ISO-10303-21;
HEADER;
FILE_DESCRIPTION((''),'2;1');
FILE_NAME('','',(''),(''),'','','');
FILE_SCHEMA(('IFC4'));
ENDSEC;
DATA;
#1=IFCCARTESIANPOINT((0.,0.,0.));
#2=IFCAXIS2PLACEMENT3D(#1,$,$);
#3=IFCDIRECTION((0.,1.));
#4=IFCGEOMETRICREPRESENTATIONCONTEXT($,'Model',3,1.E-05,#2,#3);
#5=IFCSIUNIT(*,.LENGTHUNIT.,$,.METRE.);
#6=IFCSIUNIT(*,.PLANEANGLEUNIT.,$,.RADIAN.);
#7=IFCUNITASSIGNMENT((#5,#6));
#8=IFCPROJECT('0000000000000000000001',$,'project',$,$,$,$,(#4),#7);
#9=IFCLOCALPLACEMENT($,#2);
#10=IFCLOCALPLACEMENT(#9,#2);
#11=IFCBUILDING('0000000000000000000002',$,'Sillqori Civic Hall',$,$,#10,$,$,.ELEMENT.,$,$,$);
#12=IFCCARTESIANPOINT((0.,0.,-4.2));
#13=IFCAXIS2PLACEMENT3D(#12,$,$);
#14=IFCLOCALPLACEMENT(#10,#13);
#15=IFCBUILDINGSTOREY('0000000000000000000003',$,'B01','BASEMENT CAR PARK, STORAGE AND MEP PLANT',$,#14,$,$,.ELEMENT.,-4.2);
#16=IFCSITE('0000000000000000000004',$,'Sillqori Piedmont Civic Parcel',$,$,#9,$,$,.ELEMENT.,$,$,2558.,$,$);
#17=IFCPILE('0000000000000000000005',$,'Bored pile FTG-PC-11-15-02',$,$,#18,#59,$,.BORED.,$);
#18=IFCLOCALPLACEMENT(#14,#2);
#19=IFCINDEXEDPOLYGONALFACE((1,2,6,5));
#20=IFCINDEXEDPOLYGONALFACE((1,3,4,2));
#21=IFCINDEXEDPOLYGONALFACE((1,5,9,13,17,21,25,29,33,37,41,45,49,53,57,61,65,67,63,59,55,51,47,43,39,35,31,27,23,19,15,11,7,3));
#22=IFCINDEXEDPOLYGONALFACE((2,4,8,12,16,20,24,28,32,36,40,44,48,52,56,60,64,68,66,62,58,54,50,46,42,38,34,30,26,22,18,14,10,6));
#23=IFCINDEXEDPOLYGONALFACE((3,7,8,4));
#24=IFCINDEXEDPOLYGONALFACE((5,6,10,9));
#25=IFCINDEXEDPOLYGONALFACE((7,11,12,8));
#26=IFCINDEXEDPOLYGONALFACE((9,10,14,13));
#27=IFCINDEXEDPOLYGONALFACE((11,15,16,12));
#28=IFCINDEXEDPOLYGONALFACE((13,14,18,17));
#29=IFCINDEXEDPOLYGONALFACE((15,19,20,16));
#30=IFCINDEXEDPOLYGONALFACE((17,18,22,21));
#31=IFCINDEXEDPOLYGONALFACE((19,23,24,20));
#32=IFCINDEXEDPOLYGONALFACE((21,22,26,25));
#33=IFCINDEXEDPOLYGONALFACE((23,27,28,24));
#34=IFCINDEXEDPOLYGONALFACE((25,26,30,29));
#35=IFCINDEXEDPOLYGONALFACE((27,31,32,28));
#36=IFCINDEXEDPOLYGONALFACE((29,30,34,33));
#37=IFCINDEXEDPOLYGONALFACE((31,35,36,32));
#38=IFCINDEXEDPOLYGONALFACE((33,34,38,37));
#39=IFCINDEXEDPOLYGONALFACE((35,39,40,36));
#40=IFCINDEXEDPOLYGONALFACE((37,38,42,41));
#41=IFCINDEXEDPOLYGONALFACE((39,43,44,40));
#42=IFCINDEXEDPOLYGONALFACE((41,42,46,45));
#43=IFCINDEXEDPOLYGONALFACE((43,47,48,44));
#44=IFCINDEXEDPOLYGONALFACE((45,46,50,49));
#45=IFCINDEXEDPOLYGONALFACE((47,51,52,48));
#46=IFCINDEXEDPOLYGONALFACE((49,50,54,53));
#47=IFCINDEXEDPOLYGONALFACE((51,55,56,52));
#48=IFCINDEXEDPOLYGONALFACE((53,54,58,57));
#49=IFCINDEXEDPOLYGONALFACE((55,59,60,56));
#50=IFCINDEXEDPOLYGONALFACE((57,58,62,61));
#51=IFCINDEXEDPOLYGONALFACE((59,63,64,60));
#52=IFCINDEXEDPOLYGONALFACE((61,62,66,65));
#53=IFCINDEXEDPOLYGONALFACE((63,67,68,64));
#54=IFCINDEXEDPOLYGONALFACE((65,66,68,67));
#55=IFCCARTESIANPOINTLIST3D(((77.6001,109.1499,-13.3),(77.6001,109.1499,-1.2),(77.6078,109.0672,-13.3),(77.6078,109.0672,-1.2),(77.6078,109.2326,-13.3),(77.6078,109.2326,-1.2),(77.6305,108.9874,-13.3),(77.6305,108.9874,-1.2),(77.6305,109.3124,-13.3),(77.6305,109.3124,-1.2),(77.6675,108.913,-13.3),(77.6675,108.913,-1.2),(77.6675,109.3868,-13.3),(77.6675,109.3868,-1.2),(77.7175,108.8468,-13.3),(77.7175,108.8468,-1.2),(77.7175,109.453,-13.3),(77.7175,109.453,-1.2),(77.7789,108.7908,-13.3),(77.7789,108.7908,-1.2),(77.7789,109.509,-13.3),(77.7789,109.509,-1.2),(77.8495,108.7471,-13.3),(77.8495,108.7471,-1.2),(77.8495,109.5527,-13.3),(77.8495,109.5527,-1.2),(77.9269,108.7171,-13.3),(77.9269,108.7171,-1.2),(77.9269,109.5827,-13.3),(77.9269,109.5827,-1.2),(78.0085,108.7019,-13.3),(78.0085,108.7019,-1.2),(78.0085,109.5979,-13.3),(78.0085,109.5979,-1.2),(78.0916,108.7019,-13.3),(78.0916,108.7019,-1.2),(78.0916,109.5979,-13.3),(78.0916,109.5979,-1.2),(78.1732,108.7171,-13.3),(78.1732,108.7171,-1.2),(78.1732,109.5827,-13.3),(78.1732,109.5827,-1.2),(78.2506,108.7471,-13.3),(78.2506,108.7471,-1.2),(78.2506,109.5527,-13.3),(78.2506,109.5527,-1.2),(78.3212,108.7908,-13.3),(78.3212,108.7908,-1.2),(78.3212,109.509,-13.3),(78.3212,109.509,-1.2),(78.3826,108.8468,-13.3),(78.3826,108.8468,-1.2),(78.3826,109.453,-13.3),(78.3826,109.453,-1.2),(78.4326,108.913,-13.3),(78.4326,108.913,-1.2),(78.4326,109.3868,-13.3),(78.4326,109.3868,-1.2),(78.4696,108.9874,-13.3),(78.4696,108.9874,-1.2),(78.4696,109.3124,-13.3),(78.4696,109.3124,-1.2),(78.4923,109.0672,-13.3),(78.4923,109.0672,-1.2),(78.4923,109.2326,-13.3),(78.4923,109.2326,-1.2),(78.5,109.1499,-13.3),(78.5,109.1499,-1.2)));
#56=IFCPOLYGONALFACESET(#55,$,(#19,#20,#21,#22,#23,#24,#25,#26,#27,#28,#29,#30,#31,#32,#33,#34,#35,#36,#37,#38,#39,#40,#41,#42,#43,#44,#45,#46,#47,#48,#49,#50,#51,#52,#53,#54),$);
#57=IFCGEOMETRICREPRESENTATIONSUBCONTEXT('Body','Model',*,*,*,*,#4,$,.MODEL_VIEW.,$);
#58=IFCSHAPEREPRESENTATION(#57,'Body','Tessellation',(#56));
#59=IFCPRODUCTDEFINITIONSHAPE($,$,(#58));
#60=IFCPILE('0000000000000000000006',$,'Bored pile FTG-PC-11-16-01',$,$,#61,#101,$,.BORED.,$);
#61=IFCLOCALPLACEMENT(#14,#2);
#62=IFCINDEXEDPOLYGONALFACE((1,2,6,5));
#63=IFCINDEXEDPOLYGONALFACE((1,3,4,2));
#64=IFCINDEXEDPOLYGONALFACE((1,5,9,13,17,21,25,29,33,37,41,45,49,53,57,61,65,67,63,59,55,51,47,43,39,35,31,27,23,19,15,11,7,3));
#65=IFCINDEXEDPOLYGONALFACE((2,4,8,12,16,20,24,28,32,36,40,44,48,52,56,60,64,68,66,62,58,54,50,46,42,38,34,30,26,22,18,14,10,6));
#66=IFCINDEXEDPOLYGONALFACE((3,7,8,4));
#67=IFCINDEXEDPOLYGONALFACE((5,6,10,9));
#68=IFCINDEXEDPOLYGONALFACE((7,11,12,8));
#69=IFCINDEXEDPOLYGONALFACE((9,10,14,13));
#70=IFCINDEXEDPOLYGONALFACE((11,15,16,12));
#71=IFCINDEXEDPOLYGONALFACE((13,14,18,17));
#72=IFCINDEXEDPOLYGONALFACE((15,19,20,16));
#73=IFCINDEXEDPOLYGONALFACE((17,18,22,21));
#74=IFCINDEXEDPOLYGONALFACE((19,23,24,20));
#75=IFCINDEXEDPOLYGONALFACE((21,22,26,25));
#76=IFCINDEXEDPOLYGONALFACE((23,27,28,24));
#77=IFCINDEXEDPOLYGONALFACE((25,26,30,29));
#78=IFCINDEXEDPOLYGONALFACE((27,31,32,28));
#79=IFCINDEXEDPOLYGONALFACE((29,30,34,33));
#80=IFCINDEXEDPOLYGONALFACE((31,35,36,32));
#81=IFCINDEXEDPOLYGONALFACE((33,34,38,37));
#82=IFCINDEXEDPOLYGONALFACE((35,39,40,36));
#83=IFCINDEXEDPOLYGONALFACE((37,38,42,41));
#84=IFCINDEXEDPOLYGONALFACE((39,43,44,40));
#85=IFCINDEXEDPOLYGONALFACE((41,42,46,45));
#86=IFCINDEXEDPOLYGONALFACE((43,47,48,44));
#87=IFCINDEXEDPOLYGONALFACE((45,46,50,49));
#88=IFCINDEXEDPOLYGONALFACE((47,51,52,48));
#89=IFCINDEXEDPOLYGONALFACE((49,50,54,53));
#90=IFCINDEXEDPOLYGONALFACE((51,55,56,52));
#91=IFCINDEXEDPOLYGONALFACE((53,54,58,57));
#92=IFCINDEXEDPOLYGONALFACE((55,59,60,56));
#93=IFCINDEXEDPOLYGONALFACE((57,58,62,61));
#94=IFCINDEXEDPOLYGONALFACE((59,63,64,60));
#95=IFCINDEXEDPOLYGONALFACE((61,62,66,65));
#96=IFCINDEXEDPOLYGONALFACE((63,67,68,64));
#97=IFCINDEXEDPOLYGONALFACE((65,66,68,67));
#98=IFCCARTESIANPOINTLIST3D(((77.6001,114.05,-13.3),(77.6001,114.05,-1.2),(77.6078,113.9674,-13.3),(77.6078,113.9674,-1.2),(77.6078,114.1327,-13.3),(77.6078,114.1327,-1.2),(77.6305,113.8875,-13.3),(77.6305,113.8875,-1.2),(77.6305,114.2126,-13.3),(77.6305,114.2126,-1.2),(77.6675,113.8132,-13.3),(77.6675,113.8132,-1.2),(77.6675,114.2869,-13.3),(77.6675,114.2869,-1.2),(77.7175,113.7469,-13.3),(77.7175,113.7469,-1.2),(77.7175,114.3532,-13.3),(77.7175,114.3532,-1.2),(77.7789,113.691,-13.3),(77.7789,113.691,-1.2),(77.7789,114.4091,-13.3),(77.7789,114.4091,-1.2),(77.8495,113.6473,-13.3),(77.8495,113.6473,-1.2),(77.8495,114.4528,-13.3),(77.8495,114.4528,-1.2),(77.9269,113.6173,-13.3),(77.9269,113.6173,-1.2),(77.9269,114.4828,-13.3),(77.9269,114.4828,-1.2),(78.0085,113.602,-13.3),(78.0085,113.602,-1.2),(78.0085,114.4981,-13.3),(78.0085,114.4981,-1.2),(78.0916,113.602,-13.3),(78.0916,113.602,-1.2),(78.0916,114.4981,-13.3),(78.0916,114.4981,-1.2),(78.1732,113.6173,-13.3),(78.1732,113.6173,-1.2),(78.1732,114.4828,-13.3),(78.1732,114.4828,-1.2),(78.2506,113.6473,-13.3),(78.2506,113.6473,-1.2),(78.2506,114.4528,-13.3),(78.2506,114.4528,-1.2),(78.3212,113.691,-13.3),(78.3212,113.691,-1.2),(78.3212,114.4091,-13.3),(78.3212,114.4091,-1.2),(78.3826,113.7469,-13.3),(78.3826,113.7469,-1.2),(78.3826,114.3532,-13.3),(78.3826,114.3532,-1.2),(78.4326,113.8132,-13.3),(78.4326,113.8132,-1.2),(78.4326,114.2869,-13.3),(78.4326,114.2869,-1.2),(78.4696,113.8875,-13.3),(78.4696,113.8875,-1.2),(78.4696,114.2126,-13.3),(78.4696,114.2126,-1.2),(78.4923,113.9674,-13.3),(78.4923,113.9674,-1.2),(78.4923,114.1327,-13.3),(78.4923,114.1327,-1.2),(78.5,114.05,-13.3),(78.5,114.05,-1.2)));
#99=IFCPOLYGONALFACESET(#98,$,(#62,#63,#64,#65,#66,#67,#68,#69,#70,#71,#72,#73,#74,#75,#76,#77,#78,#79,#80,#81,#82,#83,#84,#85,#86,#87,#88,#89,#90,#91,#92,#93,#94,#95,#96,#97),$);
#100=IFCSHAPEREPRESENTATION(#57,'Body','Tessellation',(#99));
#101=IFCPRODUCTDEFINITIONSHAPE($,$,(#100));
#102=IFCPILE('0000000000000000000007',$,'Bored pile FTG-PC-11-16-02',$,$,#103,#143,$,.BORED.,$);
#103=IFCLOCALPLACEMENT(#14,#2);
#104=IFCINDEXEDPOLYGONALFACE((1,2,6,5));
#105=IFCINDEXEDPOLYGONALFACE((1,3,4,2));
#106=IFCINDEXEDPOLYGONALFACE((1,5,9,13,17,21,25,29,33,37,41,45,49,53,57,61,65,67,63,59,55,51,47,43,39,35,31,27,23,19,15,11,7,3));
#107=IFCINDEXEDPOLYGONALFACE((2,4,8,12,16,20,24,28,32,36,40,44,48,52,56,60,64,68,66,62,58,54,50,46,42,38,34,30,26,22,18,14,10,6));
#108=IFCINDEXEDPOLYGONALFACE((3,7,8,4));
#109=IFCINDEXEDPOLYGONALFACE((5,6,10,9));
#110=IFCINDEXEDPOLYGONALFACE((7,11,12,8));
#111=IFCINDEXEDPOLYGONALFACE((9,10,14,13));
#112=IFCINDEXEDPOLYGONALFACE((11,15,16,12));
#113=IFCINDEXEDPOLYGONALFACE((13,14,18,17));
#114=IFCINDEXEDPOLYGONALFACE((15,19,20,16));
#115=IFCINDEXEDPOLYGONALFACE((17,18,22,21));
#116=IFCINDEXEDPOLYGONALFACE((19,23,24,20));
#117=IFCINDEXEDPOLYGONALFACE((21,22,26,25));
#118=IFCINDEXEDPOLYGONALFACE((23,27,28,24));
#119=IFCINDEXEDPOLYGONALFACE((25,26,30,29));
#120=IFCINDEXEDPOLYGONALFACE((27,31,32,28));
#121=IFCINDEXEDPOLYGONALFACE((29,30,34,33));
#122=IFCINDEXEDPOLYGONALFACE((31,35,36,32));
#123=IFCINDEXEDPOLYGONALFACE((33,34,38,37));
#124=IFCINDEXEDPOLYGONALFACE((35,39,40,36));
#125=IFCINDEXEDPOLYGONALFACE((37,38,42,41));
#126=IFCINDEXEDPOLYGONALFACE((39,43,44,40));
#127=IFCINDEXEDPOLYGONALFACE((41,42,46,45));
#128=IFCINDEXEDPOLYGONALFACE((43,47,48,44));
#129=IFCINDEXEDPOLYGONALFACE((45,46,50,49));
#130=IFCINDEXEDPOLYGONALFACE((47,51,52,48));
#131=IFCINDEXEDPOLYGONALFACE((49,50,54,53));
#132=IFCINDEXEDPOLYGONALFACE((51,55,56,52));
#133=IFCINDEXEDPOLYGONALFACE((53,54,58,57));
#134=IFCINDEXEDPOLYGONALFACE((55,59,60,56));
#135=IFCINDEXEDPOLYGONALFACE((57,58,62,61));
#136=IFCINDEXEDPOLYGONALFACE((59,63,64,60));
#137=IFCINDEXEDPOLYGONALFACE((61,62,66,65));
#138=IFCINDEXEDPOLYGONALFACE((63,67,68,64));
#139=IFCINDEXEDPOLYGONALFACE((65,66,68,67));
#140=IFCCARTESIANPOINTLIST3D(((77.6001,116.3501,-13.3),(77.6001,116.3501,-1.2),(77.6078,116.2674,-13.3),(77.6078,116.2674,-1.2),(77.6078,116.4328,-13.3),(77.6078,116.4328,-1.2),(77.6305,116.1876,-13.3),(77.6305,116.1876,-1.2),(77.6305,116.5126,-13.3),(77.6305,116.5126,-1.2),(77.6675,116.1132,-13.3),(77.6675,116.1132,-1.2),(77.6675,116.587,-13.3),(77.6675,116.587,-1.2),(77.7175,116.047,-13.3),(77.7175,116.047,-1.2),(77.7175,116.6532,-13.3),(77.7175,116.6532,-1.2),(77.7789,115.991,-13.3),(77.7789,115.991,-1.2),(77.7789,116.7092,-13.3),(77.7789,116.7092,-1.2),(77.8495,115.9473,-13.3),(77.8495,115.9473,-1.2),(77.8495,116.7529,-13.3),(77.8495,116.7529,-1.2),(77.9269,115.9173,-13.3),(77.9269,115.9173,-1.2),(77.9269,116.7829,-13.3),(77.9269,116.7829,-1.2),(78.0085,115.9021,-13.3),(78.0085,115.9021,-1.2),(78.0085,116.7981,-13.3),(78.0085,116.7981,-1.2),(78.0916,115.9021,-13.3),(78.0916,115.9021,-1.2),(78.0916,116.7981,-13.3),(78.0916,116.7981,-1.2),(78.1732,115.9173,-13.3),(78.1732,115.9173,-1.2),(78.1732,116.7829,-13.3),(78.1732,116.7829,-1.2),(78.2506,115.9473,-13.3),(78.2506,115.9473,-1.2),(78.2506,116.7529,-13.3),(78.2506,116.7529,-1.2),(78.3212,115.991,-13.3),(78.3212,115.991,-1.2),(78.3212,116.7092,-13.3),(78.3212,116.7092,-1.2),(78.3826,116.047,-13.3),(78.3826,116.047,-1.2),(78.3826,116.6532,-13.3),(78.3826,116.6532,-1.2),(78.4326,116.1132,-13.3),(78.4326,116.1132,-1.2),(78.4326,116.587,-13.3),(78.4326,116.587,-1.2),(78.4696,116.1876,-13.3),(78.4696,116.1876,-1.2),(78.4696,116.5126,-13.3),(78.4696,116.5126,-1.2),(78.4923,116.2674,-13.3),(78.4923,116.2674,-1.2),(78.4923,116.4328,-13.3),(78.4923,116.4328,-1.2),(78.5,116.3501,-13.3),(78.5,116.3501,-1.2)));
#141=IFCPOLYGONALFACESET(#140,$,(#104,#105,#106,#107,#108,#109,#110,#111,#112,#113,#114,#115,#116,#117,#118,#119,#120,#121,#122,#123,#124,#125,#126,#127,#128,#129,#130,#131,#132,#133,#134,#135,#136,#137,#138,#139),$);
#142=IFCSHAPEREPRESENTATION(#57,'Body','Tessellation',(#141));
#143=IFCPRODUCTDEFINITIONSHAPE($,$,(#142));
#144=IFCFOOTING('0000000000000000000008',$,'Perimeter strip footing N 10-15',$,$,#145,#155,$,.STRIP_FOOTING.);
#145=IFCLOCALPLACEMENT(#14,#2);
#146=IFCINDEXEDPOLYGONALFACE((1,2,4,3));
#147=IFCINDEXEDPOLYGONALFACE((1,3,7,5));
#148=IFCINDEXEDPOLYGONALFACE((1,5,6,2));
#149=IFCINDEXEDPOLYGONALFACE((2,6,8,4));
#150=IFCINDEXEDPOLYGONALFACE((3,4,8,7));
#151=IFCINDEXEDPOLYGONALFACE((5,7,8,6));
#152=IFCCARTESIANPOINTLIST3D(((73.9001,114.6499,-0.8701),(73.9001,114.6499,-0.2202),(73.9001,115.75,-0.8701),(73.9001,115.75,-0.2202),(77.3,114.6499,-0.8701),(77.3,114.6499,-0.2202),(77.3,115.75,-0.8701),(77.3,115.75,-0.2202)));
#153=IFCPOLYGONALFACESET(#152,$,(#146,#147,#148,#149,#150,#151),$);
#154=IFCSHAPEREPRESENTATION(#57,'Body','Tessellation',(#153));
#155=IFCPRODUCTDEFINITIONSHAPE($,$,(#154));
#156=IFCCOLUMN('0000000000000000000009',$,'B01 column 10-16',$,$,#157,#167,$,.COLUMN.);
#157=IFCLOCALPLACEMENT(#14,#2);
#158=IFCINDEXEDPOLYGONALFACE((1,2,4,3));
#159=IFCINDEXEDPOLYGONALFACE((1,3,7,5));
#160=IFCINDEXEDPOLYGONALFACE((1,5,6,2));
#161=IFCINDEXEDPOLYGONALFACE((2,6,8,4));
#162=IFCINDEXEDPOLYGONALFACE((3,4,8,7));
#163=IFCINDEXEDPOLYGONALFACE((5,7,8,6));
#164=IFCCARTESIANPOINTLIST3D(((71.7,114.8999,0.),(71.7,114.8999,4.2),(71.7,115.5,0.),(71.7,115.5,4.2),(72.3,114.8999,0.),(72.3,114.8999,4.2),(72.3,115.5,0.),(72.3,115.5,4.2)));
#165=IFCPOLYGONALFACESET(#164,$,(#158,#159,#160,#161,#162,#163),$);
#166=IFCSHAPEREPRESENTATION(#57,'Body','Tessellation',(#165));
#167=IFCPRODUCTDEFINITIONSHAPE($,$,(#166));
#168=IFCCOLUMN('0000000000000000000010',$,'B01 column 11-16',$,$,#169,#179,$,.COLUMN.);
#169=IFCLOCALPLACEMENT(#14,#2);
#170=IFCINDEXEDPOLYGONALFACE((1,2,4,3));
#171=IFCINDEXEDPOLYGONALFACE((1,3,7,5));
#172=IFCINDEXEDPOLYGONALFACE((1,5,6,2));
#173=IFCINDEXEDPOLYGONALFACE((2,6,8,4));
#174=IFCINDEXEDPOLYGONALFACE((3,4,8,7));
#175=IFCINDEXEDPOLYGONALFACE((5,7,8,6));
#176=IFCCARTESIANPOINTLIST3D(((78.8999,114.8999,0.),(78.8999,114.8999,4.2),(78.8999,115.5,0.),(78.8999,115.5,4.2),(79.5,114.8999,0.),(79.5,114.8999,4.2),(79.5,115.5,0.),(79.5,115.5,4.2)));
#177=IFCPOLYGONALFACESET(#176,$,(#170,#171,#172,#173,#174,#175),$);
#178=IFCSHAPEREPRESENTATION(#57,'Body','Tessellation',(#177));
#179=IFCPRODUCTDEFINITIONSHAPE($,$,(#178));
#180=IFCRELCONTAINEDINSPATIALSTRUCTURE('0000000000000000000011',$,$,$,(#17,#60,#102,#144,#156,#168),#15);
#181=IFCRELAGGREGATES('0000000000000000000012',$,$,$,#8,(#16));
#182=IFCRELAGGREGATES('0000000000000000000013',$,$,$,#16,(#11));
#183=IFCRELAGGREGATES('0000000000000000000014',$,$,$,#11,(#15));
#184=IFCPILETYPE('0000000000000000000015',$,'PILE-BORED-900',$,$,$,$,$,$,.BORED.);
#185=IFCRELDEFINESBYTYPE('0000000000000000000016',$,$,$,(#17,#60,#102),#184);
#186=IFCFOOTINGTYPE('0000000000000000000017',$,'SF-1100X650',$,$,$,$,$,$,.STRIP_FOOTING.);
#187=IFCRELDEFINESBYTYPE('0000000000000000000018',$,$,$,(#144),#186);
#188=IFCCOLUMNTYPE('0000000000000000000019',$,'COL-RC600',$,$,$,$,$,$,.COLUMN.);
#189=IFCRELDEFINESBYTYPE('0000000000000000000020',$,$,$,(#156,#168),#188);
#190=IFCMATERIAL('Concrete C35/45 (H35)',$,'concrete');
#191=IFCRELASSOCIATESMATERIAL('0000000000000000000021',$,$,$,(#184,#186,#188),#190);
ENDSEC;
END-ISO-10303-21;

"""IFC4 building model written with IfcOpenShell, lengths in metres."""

from ifc_helpers import new_model, si_unit, direction, frame, origin, origin_2d, place, context, subcontext, project, spatial, rectangle, circle, extrude, material, material_profile, profile_set, type_object, element, save


model = new_model("IFC4")

# Units and contexts
model_context = context("Model", 3, precision=1e-05, world=origin(), true_north=direction((0.0, 1.0)))
body_context = subcontext(model_context, "Body", "Model", "MODEL_VIEW")
ifc_project = project(units=[si_unit("LENGTHUNIT", "METRE"), si_unit("PLANEANGLEUNIT", "RADIAN")], contexts=[model_context])

# Site, building, storey
site_placement = place(None, origin())
site = spatial("IfcSite", under=ifc_project, at=site_placement, Name="Sillqori Piedmont Civic Parcel", CompositionType="ELEMENT", RefElevation=2558.0)
building_placement = place(site_placement, origin())
building = spatial("IfcBuilding", under=site, at=building_placement, Name="Sillqori Civic Hall", CompositionType="ELEMENT")
storey_placement = place(building_placement, frame((0.0, 0.0, -4.2)))
storey = spatial("IfcBuildingStorey", under=building, at=storey_placement, Name="B01", Description="BASEMENT CAR PARK, STORAGE AND MEP PLANT", CompositionType="ELEMENT", Elevation=-4.2)

# Shared definitions
ifc_material_1 = material(Name="Concrete C35/45 (H35)", Category="concrete")

# Piles
ifc_material_profile_1 = material_profile(ifc_material_1, circle(Radius=0.45, at=origin_2d()), Name="BORED PILE 900")
ifc_profile_set_1 = profile_set([ifc_material_profile_1], Name="Concrete C35/45 (H35)")
pile_type = type_object("IfcPileType", Name="PILE-BORED-900", PredefinedType="BORED", material=ifc_profile_set_1)
for number, where, z_axis, x_axis, name in (
    (1, (78.05, 109.1499, -1.2), (0.0, 0.0, -1.0), (1.0, 0.0, 0.0), "Bored pile FTG-PC-11-15-02"),
    (2, (78.05, 114.05, -1.2), (0.0, 0.0, -1.0), (1.0, 0.0, 0.0), "Bored pile FTG-PC-11-16-01"),
    (3, (78.05, 116.3501, -1.2), (0.0, 0.0, -1.0), (1.0, 0.0, 0.0), "Bored pile FTG-PC-11-16-02"),
):
    element("IfcPile", number, at=place(storey_placement, frame(where, z_axis=z_axis, x_axis=x_axis)), inside=storey, type_object=pile_type, Name=name, PredefinedType="BORED", context=body_context, shape_type="SweptSolid", body=[
        extrude(circle(Radius=0.45, at=origin_2d()), origin(), (0.0, 0.0, 1.0), 12.1001),
    ])

# Footing
footing_type_1 = type_object("IfcFootingType", Name="SF-1100X650", PredefinedType="STRIP_FOOTING", material=ifc_material_1)
footing_1_placement = place(storey_placement, frame((75.6001, 115.2, -0.8701), z_axis=(0.0, 0.0, 1.0), x_axis=(1.0, 0.0, 0.0)))
element("IfcFooting", 4, at=footing_1_placement, inside=storey, type_object=footing_type_1, Name="Perimeter strip footing N 10-15", PredefinedType="STRIP_FOOTING", context=body_context, shape_type="SweptSolid", body=[
    extrude(rectangle(XDim=3.3999, YDim=1.1001, at=origin_2d()), origin(), (0.0, 0.0, 1.0), 0.6499),
])

# Columns
ifc_material_profile_2 = material_profile(ifc_material_1, rectangle(XDim=0.6001, YDim=0.6001, at=origin_2d()), Name="RC 600x600")
ifc_profile_set_2 = profile_set([ifc_material_profile_2], Name="Concrete C35/45 (H35)")
column_type = type_object("IfcColumnType", Name="COL-RC600", PredefinedType="COLUMN", material=ifc_profile_set_2)
for number, where, z_axis, x_axis, name in (
    (5, (72.0, 115.2, 0.0), (0.0, 0.0, 1.0), (1.0, 0.0, 0.0), "B01 column 10-16"),
    (6, (79.2, 115.2, 0.0), (0.0, 0.0, 1.0), (1.0, 0.0, 0.0), "B01 column 11-16"),
):
    element("IfcColumn", number, at=place(storey_placement, frame(where, z_axis=z_axis, x_axis=x_axis)), inside=storey, type_object=column_type, Name=name, PredefinedType="COLUMN", context=body_context, shape_type="SweptSolid", body=[
        extrude(rectangle(XDim=0.6001, YDim=0.6001, at=origin_2d()), origin(), (0.0, 0.0, 1.0), 4.2),
    ])

save(model, "model.ifc")
